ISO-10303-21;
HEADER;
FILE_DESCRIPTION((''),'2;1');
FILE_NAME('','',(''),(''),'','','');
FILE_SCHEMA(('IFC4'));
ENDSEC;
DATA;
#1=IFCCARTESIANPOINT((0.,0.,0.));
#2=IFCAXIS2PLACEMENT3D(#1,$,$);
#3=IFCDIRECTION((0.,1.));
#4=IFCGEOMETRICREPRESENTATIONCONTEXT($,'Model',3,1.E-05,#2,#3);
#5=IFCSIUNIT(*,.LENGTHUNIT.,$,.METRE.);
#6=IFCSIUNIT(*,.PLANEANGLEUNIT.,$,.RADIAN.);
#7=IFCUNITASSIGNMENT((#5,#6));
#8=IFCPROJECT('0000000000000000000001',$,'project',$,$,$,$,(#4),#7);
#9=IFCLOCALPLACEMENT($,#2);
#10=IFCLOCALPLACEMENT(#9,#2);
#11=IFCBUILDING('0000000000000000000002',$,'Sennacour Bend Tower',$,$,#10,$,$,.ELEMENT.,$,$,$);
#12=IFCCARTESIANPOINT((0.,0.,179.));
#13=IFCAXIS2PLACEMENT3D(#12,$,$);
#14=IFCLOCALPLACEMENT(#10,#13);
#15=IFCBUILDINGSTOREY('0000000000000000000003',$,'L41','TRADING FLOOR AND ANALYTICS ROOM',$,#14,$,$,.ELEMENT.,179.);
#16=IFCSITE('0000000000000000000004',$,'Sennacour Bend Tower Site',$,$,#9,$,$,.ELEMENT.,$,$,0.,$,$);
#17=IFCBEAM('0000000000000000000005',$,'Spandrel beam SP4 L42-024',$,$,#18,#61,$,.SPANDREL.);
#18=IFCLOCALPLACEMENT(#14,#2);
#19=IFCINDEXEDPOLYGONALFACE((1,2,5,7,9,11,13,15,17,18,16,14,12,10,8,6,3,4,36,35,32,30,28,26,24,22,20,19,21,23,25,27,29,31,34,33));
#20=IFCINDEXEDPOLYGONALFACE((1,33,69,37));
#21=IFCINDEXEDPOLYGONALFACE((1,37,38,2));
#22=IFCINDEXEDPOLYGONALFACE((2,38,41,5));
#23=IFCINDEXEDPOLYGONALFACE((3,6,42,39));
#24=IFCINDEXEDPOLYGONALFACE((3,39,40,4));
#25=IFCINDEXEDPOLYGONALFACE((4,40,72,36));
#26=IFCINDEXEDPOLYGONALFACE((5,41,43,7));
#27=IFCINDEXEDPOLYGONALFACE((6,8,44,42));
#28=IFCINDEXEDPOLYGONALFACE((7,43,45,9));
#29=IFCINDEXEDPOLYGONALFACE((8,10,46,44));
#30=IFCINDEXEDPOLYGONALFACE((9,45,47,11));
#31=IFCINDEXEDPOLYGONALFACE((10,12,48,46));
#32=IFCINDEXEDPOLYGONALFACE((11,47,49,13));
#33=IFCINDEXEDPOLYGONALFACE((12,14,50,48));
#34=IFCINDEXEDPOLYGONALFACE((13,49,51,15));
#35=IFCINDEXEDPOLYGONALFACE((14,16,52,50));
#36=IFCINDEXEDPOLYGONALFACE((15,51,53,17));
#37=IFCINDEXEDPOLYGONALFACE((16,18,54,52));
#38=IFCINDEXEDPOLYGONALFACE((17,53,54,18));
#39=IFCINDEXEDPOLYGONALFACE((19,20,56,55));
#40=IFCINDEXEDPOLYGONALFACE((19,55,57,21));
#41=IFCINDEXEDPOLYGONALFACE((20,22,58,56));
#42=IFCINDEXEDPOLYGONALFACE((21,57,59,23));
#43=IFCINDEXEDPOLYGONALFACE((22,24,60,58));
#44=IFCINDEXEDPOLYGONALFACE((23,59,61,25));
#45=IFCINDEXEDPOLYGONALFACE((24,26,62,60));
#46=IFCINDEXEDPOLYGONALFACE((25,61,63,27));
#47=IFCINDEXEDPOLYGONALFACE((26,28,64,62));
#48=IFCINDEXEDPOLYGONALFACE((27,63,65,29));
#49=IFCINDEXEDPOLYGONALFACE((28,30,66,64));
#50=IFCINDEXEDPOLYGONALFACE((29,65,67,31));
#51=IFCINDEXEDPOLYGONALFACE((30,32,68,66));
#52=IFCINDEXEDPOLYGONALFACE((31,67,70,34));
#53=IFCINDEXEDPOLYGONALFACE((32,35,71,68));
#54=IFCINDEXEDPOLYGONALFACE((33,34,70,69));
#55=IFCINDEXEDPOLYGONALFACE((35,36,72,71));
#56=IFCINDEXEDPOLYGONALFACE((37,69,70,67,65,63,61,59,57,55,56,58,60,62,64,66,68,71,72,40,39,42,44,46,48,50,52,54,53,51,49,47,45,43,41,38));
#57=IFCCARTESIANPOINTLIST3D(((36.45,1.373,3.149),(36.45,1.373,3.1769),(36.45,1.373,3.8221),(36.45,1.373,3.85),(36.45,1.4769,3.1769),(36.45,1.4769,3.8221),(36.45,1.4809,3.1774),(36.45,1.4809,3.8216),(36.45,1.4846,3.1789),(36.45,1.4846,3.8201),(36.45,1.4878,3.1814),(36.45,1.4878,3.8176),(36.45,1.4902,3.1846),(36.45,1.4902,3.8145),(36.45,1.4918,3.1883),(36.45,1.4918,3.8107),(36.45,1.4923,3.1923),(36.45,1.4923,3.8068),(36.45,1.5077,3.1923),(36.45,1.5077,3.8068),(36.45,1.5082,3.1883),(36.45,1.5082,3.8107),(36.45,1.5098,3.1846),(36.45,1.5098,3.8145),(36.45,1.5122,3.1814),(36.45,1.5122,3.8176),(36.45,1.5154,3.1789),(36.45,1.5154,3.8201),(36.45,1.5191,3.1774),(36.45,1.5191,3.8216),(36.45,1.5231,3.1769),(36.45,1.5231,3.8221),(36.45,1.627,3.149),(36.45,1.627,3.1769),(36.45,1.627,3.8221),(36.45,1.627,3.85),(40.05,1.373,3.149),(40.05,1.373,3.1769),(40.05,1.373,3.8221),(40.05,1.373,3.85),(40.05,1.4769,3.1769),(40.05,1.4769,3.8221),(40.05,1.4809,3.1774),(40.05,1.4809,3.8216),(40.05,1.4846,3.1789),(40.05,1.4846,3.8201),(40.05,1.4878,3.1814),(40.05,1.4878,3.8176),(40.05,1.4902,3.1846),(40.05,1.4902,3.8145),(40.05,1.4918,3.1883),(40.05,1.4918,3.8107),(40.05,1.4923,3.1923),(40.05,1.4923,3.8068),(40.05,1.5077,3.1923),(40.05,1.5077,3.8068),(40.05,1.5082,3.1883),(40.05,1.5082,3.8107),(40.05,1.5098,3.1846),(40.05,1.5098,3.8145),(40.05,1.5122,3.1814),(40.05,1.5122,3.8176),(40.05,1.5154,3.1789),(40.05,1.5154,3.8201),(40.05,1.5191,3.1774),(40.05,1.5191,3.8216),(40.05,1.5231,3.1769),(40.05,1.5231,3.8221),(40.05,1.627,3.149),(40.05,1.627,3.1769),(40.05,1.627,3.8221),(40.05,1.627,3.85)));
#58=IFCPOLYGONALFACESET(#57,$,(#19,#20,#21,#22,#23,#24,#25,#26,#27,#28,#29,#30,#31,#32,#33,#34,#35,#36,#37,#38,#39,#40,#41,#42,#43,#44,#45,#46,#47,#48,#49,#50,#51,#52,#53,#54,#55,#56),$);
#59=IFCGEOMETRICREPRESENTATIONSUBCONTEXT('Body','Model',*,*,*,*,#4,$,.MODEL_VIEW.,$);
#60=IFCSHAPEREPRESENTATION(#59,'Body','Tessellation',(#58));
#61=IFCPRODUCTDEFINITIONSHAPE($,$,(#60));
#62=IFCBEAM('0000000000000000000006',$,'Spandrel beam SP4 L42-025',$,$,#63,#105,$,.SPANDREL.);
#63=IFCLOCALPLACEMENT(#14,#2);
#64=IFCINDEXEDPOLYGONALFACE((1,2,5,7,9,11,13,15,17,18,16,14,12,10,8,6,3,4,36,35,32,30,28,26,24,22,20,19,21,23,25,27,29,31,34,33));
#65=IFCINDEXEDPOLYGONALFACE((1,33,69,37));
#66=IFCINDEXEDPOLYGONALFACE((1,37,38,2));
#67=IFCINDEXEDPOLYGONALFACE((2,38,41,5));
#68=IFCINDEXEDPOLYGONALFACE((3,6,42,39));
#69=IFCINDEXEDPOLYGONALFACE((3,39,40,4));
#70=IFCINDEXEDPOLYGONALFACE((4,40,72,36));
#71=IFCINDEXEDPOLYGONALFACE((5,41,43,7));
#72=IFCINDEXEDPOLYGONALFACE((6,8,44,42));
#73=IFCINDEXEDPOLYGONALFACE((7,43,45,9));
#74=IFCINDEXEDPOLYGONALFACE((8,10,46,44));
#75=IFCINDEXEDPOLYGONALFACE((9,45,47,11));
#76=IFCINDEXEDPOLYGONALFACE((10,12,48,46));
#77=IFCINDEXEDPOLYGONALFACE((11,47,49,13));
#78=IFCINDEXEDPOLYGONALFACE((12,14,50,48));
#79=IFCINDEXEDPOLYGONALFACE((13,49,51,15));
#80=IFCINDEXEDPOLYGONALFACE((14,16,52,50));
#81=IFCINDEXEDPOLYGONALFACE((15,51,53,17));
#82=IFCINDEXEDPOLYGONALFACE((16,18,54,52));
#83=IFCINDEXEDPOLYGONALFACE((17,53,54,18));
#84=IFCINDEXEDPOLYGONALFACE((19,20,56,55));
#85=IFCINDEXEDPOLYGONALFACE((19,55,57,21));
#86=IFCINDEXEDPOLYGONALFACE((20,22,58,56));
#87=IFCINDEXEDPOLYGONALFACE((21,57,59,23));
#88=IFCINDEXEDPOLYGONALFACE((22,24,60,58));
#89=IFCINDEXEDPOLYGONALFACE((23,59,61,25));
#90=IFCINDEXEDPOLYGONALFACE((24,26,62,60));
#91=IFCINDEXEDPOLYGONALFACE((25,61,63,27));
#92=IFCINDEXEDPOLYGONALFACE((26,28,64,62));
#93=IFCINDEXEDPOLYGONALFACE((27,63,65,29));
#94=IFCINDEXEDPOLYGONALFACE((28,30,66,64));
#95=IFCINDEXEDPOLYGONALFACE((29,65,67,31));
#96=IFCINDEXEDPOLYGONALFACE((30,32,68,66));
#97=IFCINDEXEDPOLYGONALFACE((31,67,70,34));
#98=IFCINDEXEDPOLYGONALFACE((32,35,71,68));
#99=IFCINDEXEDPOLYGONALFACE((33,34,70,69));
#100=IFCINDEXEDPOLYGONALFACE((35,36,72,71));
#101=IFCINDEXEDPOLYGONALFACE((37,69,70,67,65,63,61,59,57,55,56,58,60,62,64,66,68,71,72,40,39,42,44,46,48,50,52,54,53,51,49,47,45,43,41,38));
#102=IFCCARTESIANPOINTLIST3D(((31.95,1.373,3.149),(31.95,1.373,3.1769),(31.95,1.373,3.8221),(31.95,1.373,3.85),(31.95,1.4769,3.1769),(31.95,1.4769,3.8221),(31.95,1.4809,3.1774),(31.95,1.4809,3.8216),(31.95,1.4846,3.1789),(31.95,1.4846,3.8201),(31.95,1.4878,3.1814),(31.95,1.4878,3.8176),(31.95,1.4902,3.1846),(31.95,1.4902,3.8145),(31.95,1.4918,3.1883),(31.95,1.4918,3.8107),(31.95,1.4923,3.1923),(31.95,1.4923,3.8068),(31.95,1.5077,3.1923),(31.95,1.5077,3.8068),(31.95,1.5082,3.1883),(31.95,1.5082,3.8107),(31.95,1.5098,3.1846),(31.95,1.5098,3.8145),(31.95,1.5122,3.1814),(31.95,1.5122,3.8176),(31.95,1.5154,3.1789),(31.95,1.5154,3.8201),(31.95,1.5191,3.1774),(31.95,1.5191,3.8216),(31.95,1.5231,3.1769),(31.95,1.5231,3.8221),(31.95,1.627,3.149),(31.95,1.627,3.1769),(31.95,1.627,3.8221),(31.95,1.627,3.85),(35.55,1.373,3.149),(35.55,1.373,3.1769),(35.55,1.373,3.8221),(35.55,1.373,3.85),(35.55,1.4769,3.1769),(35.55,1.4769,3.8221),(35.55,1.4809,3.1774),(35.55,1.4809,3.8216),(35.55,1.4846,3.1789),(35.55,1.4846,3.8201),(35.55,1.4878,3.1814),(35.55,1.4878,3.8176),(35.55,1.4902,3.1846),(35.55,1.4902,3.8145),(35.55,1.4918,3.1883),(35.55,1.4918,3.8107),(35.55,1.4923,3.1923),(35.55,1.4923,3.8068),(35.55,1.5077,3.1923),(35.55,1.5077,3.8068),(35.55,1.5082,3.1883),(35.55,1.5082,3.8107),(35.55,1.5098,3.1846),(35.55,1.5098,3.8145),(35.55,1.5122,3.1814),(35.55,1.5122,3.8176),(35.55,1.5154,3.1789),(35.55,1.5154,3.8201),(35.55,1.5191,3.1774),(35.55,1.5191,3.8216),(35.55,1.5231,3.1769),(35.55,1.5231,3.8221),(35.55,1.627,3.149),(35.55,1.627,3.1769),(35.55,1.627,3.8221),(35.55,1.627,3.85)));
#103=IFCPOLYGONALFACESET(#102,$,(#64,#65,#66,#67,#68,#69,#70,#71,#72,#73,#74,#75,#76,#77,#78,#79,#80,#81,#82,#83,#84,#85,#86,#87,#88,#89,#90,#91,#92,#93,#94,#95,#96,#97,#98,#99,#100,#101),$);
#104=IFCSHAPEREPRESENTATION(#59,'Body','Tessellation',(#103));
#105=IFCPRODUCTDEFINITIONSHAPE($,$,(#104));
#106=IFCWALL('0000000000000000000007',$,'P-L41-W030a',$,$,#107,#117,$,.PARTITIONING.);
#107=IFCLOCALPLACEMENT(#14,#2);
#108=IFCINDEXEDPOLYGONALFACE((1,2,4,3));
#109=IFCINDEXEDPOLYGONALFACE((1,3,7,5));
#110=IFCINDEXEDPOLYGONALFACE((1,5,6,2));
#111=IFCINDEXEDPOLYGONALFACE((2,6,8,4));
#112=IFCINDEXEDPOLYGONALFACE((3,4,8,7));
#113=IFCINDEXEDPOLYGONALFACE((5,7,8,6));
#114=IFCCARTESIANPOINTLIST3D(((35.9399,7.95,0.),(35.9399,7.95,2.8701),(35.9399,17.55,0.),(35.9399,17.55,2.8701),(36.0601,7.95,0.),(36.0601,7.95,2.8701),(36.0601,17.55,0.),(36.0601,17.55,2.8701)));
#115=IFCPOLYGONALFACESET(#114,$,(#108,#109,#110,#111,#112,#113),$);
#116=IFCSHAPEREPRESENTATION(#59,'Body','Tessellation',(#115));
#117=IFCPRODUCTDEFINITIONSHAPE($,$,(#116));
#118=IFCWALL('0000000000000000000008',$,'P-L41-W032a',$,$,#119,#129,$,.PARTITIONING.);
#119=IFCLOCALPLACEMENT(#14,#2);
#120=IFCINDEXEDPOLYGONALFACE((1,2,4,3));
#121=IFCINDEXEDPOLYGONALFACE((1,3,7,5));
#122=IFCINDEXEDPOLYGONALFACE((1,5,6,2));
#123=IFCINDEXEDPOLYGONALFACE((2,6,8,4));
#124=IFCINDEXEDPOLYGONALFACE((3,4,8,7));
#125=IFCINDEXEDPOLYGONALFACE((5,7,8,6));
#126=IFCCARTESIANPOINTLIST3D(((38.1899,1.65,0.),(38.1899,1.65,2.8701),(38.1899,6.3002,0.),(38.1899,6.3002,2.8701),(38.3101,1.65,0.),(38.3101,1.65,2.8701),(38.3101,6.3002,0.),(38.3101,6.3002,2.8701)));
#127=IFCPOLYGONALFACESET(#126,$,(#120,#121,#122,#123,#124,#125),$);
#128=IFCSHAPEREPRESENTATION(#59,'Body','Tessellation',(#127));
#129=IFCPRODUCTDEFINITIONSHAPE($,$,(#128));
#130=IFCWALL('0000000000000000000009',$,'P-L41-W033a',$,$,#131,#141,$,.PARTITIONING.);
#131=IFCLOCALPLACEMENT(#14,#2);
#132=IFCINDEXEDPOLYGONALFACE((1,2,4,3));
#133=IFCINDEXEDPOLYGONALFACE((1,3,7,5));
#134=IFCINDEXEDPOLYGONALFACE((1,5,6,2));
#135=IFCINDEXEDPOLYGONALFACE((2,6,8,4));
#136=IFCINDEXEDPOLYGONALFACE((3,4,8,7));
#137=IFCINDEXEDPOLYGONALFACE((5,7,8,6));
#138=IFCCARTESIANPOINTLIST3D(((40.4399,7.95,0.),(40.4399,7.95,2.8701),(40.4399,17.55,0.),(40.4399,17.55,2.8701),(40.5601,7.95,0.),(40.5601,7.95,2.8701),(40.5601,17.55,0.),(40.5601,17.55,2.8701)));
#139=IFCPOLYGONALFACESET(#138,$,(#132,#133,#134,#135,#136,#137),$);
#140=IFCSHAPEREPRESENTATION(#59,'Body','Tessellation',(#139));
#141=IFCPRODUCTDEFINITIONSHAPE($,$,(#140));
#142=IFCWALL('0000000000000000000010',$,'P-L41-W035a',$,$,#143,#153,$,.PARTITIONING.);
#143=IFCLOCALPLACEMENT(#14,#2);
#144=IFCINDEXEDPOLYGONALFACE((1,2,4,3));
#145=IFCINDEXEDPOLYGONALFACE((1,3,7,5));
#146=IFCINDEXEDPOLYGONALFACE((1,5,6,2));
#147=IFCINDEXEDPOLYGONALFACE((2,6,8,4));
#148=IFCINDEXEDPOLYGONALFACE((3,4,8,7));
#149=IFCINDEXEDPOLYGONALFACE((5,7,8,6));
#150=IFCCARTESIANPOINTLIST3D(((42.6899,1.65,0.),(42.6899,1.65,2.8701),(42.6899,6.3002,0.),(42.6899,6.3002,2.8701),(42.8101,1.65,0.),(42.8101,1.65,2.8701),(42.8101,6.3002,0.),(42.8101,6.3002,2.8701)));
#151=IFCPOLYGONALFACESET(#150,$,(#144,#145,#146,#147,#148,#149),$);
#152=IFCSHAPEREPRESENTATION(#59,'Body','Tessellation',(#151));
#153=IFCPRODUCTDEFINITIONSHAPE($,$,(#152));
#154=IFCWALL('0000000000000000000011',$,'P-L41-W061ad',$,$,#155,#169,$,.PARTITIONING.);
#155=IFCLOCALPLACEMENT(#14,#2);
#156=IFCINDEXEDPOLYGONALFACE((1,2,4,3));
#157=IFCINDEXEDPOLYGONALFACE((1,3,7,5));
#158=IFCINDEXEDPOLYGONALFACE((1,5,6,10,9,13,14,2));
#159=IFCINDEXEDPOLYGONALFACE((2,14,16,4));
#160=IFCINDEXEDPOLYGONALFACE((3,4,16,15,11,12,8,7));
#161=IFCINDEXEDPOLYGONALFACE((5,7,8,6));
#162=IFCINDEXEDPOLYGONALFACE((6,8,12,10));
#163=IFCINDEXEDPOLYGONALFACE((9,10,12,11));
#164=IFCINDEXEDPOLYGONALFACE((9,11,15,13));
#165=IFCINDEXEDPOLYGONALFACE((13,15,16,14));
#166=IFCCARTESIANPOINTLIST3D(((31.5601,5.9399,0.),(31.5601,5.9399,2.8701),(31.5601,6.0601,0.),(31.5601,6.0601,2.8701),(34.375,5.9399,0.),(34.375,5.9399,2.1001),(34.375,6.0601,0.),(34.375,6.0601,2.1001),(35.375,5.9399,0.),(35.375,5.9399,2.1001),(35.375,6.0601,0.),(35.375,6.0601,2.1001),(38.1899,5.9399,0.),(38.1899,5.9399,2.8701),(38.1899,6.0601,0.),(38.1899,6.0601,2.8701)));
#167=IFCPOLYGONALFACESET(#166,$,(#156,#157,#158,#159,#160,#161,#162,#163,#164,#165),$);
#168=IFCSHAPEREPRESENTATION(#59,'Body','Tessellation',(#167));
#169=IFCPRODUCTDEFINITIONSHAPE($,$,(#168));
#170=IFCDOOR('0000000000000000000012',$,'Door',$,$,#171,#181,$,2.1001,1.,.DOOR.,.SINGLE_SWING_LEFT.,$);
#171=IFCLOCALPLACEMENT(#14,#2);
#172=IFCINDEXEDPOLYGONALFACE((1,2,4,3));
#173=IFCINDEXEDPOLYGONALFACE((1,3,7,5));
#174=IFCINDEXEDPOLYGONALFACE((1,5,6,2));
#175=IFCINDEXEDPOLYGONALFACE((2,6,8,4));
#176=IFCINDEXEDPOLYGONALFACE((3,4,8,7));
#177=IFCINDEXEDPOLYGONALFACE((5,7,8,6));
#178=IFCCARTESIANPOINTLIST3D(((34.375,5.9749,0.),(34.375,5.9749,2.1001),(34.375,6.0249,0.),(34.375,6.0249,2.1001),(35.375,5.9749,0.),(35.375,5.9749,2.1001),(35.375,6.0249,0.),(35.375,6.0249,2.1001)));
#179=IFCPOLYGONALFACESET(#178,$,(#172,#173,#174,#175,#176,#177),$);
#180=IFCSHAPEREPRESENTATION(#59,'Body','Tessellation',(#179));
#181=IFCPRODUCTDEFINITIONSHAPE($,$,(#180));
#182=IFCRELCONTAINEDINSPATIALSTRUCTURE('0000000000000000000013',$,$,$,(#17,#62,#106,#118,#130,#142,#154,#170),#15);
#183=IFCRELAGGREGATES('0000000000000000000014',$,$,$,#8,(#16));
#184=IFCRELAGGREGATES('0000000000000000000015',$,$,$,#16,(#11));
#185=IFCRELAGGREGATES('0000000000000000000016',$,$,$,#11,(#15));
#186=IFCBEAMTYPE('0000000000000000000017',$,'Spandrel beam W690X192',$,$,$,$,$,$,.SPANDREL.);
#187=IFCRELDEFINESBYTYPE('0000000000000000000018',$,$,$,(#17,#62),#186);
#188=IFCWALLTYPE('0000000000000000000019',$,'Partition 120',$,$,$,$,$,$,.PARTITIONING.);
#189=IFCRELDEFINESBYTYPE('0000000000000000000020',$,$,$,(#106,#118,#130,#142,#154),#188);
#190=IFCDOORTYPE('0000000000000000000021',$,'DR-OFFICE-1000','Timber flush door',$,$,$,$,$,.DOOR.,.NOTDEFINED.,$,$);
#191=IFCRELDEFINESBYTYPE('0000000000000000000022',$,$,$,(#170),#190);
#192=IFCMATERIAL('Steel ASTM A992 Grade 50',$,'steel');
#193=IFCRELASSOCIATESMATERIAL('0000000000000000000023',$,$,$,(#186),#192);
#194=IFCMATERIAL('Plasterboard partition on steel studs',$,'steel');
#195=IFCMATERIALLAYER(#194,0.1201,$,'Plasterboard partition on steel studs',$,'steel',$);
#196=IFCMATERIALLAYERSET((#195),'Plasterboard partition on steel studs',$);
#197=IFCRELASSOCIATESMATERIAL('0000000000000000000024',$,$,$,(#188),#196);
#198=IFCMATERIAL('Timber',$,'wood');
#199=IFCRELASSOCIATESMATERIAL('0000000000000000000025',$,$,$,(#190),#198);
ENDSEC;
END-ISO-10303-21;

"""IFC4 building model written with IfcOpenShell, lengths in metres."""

from ifc_helpers import new_model, si_unit, direction, frame, frame_2d, origin, origin_2d, place, context, subcontext, project, spatial, rectangle, i_section, extrude, material, layer, layer_set, material_profile, profile_set, type_object, element, fill, save


model = new_model("IFC4")

# Units and contexts
model_context = context("Model", 3, precision=1e-05, world=origin(), true_north=direction((0.0, 1.0)))
body_context = subcontext(model_context, "Body", "Model", "MODEL_VIEW")
ifc_project = project(units=[si_unit("LENGTHUNIT", "METRE"), si_unit("PLANEANGLEUNIT", "RADIAN")], contexts=[model_context])

# Site, building, storey
site_placement = place(None, origin())
site = spatial("IfcSite", under=ifc_project, at=site_placement, Name="Sennacour Bend Tower Site", CompositionType="ELEMENT", RefElevation=0.0)
building_placement = place(site_placement, origin())
building = spatial("IfcBuilding", under=site, at=building_placement, Name="Sennacour Bend Tower", CompositionType="ELEMENT")
storey_placement = place(building_placement, frame((0.0, 0.0, 179.0)))
storey = spatial("IfcBuildingStorey", under=building, at=storey_placement, Name="L41", Description="TRADING FLOOR AND ANALYTICS ROOM", CompositionType="ELEMENT", Elevation=179.0)

# Beams
ifc_material_1 = material(Name="Steel ASTM A992 Grade 50", Category="steel")
ifc_material_profile_1 = material_profile(ifc_material_1, i_section(OverallWidth=0.2539, OverallDepth=0.7009, WebThickness=0.0154, FlangeThickness=0.0278, FilletRadius=0.0154, at=origin_2d()), Name="Steel ASTM A992 Grade 50", Category="steel")
ifc_profile_set_1 = profile_set([ifc_material_profile_1], Name="Steel ASTM A992 Grade 50")
beam_type_1 = type_object("IfcBeamType", Name="Spandrel beam W690X192", PredefinedType="SPANDREL", material=ifc_profile_set_1)
for number, where, z_axis, x_axis, name in (
    (1, (40.05, 1.5, 3.4995), (-1.0, 0.0, 0.0), (0.0, -1.0, 0.0), "Spandrel beam SP4 L42-024"),
    (2, (35.55, 1.5, 3.4995), (-1.0, 0.0, 0.0), (0.0, -1.0, 0.0), "Spandrel beam SP4 L42-025"),
):
    element("IfcBeam", number, at=place(storey_placement, frame(where, z_axis=z_axis, x_axis=x_axis)), inside=storey, type_object=beam_type_1, Name=name, PredefinedType="SPANDREL", context=body_context, shape_type="SweptSolid", body=[
        extrude(i_section(OverallWidth=0.2539, OverallDepth=0.7009, WebThickness=0.0154, FlangeThickness=0.0278, FilletRadius=0.0154, at=origin_2d()), origin(), (0.0, 0.0, 1.0), 3.6001),
    ])

# Walls
ifc_material_2 = material(Name="Plasterboard partition on steel studs", Category="steel")
ifc_layer_1 = layer(ifc_material_2, 0.1201, Name="Plasterboard partition on steel studs", Category="steel")
ifc_layer_set_1 = layer_set([ifc_layer_1], Name="Plasterboard partition on steel studs")
wall_type_1 = type_object("IfcWallType", Name="Partition 120", PredefinedType="PARTITIONING", material=ifc_layer_set_1)
wall_1_placement = place(storey_placement, frame((36.0, 7.95, 0.0), z_axis=(0.0, 0.0, 1.0), x_axis=(0.0, 1.0, 0.0)))
element("IfcWall", 3, at=wall_1_placement, inside=storey, type_object=wall_type_1, Name="P-L41-W030a", PredefinedType="PARTITIONING", context=body_context, shape_type="SweptSolid", body=[
    extrude(rectangle(XDim=9.6001, YDim=0.1201, at=frame_2d((4.8, 0.0))), origin(), (0.0, 0.0, 1.0), 2.8701),
])
wall_2_placement = place(storey_placement, frame((38.25, 1.6499, 0.0), z_axis=(0.0, 0.0, 1.0), x_axis=(0.0, 1.0, 0.0)))
element("IfcWall", 4, at=wall_2_placement, inside=storey, type_object=wall_type_1, Name="P-L41-W032a", PredefinedType="PARTITIONING", context=body_context, shape_type="SweptSolid", body=[
    extrude(rectangle(XDim=4.6501, YDim=0.1201, at=frame_2d((2.3252, 0.0))), origin(), (0.0, 0.0, 1.0), 2.8701),
])
wall_3_placement = place(storey_placement, frame((40.5, 7.95, 0.0), z_axis=(0.0, 0.0, 1.0), x_axis=(0.0, 1.0, 0.0)))
element("IfcWall", 5, at=wall_3_placement, inside=storey, type_object=wall_type_1, Name="P-L41-W033a", PredefinedType="PARTITIONING", context=body_context, shape_type="SweptSolid", body=[
    extrude(rectangle(XDim=9.6001, YDim=0.1201, at=frame_2d((4.8, 0.0))), origin(), (0.0, 0.0, 1.0), 2.8701),
])
wall_4_placement = place(storey_placement, frame((42.75, 1.6499, 0.0), z_axis=(0.0, 0.0, 1.0), x_axis=(0.0, 1.0, 0.0)))
element("IfcWall", 6, at=wall_4_placement, inside=storey, type_object=wall_type_1, Name="P-L41-W035a", PredefinedType="PARTITIONING", context=body_context, shape_type="SweptSolid", body=[
    extrude(rectangle(XDim=4.6501, YDim=0.1201, at=frame_2d((2.3252, 0.0))), origin(), (0.0, 0.0, 1.0), 2.8701),
])

# Wall, opening, door
wall_5_placement = place(storey_placement, frame((31.5601, 6.0, 0.0), z_axis=(0.0, 0.0, 1.0), x_axis=(1.0, 0.0, 0.0)))
wall_5 = element("IfcWall", 7, at=wall_5_placement, inside=storey, type_object=wall_type_1, Name="P-L41-W061ad", PredefinedType="PARTITIONING", context=body_context, shape_type="SweptSolid", body=[
    extrude(rectangle(XDim=6.6299, YDim=0.1201, at=frame_2d((3.3149, 0.0))), origin(), (0.0, 0.0, 1.0), 2.8701),
])
opening_1_placement = place(wall_5_placement, frame((2.8149, 0.0, 0.0)))
opening_1 = element("IfcOpeningElement", 8, at=opening_1_placement, cuts=wall_5, PredefinedType="OPENING", context=body_context, shape_type="SweptSolid", body=[
    extrude(rectangle(XDim=1.0, YDim=2.1001, at=frame_2d((0.5, 1.05))), frame((0.0, 0.0701, 0.0), z_axis=(0.0, -1.0, 0.0), x_axis=(1.0, 0.0, 0.0)), (0.0, 0.0, 1.0), 0.1401),
])
ifc_material_3 = material(Name="Timber", Category="wood")
door_type_1 = type_object("IfcDoorType", Name="DR-OFFICE-1000", Description="Timber flush door", OperationType="NOTDEFINED", PredefinedType="DOOR", material=ifc_material_3)
door_1_placement = place(opening_1_placement, origin())
door_1 = element("IfcDoor", 9, at=door_1_placement, inside=storey, type_object=door_type_1, Name="Door", OperationType="SINGLE_SWING_LEFT", OverallHeight=2.1001, OverallWidth=1.0, PredefinedType="DOOR", context=body_context, shape_type="SweptSolid", body=[
    extrude(rectangle(XDim=1.0, YDim=2.1001, at=frame_2d((0.5, 1.05))), frame((0.0, 0.0249, 0.0), z_axis=(0.0, -1.0, 0.0), x_axis=(1.0, 0.0, 0.0)), (0.0, 0.0, 1.0), 0.05),
])
fill(opening_1, door_1)

save(model, "model.ifc")
